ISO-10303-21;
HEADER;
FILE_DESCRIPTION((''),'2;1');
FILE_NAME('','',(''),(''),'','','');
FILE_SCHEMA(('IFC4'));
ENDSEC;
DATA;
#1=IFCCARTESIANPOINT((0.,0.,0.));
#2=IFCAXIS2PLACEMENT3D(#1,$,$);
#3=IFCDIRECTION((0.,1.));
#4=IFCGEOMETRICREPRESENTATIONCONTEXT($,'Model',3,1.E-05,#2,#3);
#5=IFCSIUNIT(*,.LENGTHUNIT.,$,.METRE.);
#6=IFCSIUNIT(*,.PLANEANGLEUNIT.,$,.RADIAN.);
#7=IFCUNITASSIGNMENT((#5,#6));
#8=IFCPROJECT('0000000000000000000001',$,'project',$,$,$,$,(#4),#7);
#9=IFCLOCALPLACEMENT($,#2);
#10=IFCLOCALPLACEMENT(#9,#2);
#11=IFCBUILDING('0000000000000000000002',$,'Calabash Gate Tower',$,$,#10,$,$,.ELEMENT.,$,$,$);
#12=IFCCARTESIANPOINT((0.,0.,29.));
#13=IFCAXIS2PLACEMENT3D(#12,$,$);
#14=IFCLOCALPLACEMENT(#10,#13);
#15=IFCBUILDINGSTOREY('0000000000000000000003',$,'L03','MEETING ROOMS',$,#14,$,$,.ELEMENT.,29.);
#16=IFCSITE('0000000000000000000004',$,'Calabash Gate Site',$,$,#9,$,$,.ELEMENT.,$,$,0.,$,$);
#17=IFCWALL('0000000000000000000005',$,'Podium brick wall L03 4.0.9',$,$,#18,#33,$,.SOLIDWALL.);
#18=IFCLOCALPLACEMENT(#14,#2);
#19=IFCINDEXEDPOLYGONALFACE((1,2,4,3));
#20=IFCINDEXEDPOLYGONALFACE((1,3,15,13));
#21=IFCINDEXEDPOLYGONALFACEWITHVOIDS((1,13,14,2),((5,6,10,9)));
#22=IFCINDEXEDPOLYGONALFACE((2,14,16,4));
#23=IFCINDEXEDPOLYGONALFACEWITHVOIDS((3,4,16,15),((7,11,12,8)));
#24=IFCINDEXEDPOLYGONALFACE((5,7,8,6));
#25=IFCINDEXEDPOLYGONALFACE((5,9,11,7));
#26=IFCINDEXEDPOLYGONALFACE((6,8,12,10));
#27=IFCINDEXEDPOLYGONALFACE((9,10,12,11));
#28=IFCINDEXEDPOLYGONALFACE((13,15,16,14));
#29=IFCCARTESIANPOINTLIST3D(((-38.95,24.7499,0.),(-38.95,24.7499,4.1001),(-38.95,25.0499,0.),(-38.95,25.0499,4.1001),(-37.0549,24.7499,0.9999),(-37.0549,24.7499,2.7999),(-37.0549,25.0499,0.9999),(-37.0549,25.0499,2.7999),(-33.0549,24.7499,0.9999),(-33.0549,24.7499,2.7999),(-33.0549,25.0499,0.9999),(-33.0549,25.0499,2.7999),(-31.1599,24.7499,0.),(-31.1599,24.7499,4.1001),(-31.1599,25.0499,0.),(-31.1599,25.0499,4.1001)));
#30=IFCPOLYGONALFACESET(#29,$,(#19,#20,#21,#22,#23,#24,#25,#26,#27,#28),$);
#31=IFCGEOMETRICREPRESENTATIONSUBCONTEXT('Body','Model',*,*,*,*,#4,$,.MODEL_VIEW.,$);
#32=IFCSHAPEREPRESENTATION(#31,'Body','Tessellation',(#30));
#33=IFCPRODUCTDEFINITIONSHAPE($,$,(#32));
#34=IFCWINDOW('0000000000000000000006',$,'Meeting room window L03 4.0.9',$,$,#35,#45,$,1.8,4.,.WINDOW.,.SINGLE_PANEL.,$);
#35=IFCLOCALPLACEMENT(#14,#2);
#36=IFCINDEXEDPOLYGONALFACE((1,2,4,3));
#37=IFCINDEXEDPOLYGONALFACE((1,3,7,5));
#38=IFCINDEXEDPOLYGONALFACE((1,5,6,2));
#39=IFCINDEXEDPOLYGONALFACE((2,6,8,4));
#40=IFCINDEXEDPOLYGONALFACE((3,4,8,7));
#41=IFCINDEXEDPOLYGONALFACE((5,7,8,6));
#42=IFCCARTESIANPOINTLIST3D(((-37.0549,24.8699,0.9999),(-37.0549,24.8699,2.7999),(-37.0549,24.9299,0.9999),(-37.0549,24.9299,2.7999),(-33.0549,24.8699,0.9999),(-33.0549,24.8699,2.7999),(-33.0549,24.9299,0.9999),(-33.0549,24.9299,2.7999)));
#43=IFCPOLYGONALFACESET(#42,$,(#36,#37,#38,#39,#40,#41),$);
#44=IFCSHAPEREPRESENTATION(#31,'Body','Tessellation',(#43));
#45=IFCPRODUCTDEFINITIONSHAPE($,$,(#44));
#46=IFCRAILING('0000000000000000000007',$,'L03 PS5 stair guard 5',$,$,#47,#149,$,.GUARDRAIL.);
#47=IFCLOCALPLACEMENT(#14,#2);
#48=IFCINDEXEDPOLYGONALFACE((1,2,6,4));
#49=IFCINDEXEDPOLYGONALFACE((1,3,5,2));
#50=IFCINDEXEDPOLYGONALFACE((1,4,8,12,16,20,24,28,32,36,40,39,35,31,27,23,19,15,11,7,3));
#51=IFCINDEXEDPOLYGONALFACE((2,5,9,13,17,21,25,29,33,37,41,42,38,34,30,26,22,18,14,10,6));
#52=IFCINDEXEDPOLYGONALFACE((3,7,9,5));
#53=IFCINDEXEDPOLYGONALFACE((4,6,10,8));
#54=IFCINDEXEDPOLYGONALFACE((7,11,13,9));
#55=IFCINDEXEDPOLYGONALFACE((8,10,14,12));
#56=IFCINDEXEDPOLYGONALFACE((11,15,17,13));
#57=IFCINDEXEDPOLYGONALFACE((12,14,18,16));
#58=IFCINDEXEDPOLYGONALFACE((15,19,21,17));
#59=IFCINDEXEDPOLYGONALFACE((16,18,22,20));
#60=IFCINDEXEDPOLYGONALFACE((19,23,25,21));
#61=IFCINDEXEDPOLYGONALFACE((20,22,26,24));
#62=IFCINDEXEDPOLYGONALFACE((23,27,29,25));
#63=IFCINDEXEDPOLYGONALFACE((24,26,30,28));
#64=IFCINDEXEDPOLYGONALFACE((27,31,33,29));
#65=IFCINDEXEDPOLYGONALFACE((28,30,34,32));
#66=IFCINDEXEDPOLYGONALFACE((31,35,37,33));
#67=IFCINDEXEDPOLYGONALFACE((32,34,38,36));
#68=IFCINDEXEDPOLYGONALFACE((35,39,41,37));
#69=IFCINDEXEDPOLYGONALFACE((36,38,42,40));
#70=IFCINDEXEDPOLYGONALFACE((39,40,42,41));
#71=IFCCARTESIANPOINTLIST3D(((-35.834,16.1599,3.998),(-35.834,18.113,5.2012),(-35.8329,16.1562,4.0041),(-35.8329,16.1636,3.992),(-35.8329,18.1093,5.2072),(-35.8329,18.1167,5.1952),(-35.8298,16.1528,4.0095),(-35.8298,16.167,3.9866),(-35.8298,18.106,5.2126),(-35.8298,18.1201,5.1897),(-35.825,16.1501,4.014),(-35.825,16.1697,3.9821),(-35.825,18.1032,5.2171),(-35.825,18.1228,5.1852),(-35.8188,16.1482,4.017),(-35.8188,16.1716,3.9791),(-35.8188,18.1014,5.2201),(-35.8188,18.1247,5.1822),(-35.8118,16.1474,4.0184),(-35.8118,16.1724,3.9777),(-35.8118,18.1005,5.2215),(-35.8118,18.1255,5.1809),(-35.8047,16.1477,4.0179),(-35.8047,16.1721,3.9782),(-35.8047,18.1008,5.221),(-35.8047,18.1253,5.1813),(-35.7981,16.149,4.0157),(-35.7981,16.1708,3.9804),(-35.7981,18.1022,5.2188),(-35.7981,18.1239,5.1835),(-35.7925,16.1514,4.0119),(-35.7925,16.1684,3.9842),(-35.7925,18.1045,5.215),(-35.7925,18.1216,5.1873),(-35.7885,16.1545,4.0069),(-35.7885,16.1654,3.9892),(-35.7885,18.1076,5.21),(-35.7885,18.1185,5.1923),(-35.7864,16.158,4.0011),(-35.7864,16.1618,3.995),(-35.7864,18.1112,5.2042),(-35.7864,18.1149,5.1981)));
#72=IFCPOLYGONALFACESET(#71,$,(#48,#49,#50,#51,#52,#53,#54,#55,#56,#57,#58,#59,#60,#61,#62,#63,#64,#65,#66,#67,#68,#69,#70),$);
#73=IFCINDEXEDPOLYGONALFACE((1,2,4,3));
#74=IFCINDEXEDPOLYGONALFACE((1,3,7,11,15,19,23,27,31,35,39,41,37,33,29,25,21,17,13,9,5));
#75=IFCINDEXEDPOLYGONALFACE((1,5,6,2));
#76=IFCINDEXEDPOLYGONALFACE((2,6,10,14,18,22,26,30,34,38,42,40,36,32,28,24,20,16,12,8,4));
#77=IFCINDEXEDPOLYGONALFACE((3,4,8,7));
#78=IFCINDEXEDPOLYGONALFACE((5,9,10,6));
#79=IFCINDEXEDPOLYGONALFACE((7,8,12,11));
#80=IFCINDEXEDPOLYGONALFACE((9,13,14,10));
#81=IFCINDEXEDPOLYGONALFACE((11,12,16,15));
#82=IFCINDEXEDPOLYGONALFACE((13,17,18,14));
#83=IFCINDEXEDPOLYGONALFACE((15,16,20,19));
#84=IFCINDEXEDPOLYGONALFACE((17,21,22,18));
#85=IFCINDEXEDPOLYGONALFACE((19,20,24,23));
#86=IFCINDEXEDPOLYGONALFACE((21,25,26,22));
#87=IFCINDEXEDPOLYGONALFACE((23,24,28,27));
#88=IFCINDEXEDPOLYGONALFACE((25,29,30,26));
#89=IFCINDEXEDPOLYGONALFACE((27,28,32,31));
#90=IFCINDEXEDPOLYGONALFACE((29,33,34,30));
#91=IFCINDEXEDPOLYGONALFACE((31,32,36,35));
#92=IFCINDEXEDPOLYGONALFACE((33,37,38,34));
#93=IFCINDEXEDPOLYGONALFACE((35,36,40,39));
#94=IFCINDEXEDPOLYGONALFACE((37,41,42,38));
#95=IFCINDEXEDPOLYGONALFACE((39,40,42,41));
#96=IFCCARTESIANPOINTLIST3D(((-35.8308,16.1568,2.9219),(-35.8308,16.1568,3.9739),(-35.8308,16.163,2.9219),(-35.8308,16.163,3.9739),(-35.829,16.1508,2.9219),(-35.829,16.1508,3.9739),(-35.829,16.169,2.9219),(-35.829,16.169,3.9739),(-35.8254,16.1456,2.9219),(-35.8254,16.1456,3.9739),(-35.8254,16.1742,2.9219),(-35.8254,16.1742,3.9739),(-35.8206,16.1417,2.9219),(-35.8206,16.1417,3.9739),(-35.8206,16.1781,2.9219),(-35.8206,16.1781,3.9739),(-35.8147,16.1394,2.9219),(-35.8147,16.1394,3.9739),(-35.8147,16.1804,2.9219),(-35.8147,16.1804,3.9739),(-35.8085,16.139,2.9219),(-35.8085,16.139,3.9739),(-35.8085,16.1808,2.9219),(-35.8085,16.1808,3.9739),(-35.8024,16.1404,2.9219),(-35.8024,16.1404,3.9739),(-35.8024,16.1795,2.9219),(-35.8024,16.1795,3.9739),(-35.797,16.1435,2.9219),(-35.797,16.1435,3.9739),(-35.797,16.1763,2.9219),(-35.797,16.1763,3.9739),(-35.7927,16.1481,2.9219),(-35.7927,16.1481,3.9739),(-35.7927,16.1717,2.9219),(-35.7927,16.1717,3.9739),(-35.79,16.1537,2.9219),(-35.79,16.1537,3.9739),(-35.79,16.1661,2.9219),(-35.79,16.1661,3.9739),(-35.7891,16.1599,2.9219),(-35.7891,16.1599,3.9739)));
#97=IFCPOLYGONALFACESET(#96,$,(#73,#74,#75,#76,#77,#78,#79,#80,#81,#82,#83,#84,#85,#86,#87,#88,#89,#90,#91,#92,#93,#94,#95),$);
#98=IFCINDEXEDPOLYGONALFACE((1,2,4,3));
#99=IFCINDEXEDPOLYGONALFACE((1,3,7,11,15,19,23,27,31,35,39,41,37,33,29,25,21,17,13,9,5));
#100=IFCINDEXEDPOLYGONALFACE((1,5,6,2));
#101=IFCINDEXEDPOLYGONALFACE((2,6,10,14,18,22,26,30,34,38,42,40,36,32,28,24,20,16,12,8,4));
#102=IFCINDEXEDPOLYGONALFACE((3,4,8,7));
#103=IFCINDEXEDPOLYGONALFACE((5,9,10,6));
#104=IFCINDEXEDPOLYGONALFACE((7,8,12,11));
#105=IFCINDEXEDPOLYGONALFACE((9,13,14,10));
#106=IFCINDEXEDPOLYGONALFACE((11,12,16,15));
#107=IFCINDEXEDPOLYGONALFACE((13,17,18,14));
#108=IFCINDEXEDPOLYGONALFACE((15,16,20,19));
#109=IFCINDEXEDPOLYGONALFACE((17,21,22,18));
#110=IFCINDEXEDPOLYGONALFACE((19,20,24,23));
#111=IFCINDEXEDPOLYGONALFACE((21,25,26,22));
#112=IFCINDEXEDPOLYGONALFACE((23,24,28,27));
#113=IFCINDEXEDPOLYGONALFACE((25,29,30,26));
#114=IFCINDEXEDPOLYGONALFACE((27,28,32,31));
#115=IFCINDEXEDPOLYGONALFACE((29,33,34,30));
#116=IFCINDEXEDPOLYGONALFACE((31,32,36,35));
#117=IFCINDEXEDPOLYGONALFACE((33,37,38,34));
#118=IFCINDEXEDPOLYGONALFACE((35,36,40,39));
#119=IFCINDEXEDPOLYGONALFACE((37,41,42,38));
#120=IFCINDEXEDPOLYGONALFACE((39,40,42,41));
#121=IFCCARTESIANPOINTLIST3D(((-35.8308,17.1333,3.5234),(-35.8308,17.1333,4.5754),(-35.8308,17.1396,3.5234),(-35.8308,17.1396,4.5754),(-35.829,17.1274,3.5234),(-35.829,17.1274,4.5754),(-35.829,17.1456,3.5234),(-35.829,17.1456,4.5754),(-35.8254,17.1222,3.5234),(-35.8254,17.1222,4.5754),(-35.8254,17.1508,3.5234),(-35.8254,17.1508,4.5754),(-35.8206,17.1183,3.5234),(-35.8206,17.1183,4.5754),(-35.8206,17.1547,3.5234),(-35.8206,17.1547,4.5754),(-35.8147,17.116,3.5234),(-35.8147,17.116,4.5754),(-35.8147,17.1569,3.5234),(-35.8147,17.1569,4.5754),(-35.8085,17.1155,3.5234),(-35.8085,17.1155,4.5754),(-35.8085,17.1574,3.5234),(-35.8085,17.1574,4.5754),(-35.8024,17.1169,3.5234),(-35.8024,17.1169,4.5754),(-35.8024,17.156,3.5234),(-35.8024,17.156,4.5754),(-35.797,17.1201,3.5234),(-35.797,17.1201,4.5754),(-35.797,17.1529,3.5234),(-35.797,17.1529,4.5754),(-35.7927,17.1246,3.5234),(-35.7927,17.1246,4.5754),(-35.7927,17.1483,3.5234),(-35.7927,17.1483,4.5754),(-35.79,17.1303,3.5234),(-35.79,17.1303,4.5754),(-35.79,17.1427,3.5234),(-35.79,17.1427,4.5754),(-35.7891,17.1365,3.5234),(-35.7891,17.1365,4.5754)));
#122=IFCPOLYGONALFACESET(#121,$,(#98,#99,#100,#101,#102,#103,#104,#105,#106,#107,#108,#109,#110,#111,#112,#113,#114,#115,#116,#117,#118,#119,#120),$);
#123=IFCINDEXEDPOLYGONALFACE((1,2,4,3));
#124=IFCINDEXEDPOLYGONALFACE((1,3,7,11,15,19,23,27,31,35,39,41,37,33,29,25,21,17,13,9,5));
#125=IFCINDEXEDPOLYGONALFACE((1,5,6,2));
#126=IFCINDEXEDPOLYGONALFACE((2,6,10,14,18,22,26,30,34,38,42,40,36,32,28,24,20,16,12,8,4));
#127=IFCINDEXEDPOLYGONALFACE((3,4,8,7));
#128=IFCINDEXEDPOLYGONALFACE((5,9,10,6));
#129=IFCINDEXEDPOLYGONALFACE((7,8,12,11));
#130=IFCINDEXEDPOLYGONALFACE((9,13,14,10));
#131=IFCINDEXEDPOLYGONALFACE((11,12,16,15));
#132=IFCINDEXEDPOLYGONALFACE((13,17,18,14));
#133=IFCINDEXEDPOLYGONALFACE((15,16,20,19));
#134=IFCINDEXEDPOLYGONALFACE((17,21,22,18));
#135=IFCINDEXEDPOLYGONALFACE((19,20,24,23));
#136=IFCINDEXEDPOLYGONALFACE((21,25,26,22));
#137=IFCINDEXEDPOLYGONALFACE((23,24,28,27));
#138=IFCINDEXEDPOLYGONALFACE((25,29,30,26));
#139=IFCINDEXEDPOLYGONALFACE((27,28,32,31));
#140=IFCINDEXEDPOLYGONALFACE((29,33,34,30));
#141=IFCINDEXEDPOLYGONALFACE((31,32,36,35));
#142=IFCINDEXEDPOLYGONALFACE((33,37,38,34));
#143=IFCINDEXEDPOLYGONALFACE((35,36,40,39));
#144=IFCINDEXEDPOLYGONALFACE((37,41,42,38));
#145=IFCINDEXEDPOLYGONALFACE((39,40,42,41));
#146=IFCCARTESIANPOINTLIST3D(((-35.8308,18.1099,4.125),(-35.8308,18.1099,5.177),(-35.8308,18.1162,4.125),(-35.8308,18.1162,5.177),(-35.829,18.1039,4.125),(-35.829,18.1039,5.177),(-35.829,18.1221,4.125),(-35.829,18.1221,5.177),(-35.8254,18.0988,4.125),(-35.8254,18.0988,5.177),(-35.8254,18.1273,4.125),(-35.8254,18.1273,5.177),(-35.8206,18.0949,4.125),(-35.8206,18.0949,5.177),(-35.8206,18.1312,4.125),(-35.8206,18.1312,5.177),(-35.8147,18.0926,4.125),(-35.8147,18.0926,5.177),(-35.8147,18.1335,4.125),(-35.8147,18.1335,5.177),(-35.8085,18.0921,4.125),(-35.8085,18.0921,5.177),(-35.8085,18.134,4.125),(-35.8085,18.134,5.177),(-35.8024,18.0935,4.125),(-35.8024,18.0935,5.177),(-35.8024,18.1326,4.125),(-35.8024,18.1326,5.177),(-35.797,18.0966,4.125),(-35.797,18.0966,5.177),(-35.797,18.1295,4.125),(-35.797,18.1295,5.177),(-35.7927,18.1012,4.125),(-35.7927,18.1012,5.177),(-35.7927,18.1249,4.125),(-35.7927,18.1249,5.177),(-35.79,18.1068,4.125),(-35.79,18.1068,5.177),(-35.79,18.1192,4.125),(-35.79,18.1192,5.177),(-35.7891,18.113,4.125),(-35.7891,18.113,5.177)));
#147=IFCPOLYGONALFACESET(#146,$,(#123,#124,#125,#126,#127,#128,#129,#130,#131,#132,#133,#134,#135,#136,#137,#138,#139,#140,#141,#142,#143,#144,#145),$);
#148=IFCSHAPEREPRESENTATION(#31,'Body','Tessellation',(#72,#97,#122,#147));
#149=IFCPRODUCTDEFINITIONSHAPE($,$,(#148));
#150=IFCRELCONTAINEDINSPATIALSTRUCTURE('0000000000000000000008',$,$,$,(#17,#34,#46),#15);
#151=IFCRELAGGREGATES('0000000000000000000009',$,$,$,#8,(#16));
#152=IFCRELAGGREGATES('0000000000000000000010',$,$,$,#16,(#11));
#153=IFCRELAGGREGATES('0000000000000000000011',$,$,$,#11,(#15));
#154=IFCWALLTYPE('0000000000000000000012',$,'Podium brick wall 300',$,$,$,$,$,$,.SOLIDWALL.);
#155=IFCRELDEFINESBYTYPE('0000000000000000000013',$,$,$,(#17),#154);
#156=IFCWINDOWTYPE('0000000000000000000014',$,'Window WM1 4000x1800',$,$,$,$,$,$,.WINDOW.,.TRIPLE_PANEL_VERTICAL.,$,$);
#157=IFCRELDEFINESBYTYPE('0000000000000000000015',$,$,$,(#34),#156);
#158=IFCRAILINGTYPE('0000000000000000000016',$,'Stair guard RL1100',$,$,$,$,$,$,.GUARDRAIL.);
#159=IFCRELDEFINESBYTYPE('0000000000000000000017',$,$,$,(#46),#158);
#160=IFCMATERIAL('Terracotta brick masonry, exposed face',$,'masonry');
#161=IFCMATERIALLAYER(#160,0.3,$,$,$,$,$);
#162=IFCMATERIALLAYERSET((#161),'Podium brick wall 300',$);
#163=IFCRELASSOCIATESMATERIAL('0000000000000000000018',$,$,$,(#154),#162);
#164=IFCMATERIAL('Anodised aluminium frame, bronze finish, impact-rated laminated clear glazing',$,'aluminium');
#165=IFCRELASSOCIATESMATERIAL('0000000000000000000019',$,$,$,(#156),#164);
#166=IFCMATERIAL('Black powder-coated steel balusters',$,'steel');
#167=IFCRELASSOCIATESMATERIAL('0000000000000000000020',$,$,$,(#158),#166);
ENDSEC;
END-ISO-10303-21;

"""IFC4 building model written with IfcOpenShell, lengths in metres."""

from ifc_helpers import new_model, si_unit, direction, frame, frame_2d, origin, origin_2d, place, context, subcontext, project, spatial, rectangle, circle, extrude, material, layer, layer_set, type_object, element, fill, save


model = new_model("IFC4")

# Units and contexts
model_context = context("Model", 3, precision=1e-05, world=origin(), true_north=direction((0.0, 1.0)))
body_context = subcontext(model_context, "Body", "Model", "MODEL_VIEW")
ifc_project = project(units=[si_unit("LENGTHUNIT", "METRE"), si_unit("PLANEANGLEUNIT", "RADIAN")], contexts=[model_context])

# Site, building, storey
site_placement = place(None, origin())
site = spatial("IfcSite", under=ifc_project, at=site_placement, Name="Calabash Gate Site", CompositionType="ELEMENT", RefElevation=0.0)
building_placement = place(site_placement, origin())
building = spatial("IfcBuilding", under=site, at=building_placement, Name="Calabash Gate Tower", CompositionType="ELEMENT")
storey_placement = place(building_placement, frame((0.0, 0.0, 29.0)))
storey = spatial("IfcBuildingStorey", under=building, at=storey_placement, Name="L03", Description="MEETING ROOMS", CompositionType="ELEMENT", Elevation=29.0)

# Wall, opening, window
ifc_material_1 = material(Name="Terracotta brick masonry, exposed face", Category="masonry")
ifc_layer_1 = layer(ifc_material_1, 0.3)
ifc_layer_set_1 = layer_set([ifc_layer_1], Name="Podium brick wall 300")
wall_type_1 = type_object("IfcWallType", Name="Podium brick wall 300", PredefinedType="SOLIDWALL", material=ifc_layer_set_1)
ifc_material_2 = material(Name="Anodised aluminium frame, bronze finish, impact-rated laminated clear glazing", Category="aluminium")
window_type = type_object("IfcWindowType", Name="Window WM1 4000x1800", PartitioningType="TRIPLE_PANEL_VERTICAL", PredefinedType="WINDOW", material=ifc_material_2)
wall_1_placement = place(storey_placement, frame((-31.1599, 24.8999, 0.0), z_axis=(0.0, 0.0, 1.0), x_axis=(-1.0, 0.0, 0.0)))
wall_1 = element("IfcWall", 1, at=wall_1_placement, inside=storey, type_object=wall_type_1, Name="Podium brick wall L03 4.0.9", PredefinedType="SOLIDWALL", context=body_context, shape_type="SweptSolid", body=[
    extrude(rectangle(XDim=7.79, YDim=0.3, at=frame_2d((3.895, 0.0))), origin(), (0.0, 0.0, 1.0), 4.1001),
])
opening_1_placement = place(wall_1_placement, frame((1.895, 0.0, 1.0)))
opening_1 = element("IfcOpeningElement", 2, at=opening_1_placement, cuts=wall_1, PredefinedType="OPENING", context=body_context, shape_type="SweptSolid", body=[
    extrude(rectangle(XDim=4.0, YDim=1.8, at=frame_2d((2.0, 0.8999))), frame((0.0, 0.1599, 0.0), z_axis=(0.0, -1.0, 0.0), x_axis=(1.0, 0.0, 0.0)), (0.0, 0.0, 1.0), 0.3201),
])
window_1_placement = place(opening_1_placement, origin())
window_1 = element("IfcWindow", 3, at=window_1_placement, inside=storey, type_object=window_type, Name="Meeting room window L03 4.0.9", OverallHeight=1.8, OverallWidth=4.0, PartitioningType="SINGLE_PANEL", PredefinedType="WINDOW", context=body_context, shape_type="SweptSolid", body=[
    extrude(rectangle(XDim=4.0, YDim=1.8, at=frame_2d((2.0, 0.8999))), frame((0.0, 0.03, 0.0), z_axis=(0.0, -1.0, 0.0), x_axis=(1.0, 0.0, 0.0)), (0.0, 0.0, 1.0), 0.0601),
])
fill(opening_1, window_1)

# Railing
ifc_material_3 = material(Name="Black powder-coated steel balusters", Category="steel")
railing_type_1 = type_object("IfcRailingType", Name="Stair guard RL1100", PredefinedType="GUARDRAIL", material=ifc_material_3)
railing_placement = place(storey_placement, frame((-35.8101, 16.1599, 2.9219)))
element("IfcRailing", 4, at=railing_placement, inside=storey, type_object=railing_type_1, Name="L03 PS5 stair guard 5", PredefinedType="GUARDRAIL", context=body_context, shape_type="SweptSolid", body=[
    extrude(circle(Radius=0.0239, at=origin_2d()), frame((0.0, 0.0, 1.0762), z_axis=(0.0, 0.851424, 0.524477), x_axis=(-1.0, 0.0, 0.0)), (0.0, 0.0, 1.0), 2.2939),
    extrude(circle(Radius=0.021, at=origin_2d()), origin(), (0.0, 0.0, 1.0), 1.052),
    extrude(circle(Radius=0.021, at=origin_2d()), frame((0.0, 0.9766, 0.6016)), (0.0, 0.0, 1.0), 1.052),
    extrude(circle(Radius=0.021, at=origin_2d()), frame((0.0, 1.9531, 1.2031)), (0.0, 0.0, 1.0), 1.052),
])

save(model, "model.ifc")
